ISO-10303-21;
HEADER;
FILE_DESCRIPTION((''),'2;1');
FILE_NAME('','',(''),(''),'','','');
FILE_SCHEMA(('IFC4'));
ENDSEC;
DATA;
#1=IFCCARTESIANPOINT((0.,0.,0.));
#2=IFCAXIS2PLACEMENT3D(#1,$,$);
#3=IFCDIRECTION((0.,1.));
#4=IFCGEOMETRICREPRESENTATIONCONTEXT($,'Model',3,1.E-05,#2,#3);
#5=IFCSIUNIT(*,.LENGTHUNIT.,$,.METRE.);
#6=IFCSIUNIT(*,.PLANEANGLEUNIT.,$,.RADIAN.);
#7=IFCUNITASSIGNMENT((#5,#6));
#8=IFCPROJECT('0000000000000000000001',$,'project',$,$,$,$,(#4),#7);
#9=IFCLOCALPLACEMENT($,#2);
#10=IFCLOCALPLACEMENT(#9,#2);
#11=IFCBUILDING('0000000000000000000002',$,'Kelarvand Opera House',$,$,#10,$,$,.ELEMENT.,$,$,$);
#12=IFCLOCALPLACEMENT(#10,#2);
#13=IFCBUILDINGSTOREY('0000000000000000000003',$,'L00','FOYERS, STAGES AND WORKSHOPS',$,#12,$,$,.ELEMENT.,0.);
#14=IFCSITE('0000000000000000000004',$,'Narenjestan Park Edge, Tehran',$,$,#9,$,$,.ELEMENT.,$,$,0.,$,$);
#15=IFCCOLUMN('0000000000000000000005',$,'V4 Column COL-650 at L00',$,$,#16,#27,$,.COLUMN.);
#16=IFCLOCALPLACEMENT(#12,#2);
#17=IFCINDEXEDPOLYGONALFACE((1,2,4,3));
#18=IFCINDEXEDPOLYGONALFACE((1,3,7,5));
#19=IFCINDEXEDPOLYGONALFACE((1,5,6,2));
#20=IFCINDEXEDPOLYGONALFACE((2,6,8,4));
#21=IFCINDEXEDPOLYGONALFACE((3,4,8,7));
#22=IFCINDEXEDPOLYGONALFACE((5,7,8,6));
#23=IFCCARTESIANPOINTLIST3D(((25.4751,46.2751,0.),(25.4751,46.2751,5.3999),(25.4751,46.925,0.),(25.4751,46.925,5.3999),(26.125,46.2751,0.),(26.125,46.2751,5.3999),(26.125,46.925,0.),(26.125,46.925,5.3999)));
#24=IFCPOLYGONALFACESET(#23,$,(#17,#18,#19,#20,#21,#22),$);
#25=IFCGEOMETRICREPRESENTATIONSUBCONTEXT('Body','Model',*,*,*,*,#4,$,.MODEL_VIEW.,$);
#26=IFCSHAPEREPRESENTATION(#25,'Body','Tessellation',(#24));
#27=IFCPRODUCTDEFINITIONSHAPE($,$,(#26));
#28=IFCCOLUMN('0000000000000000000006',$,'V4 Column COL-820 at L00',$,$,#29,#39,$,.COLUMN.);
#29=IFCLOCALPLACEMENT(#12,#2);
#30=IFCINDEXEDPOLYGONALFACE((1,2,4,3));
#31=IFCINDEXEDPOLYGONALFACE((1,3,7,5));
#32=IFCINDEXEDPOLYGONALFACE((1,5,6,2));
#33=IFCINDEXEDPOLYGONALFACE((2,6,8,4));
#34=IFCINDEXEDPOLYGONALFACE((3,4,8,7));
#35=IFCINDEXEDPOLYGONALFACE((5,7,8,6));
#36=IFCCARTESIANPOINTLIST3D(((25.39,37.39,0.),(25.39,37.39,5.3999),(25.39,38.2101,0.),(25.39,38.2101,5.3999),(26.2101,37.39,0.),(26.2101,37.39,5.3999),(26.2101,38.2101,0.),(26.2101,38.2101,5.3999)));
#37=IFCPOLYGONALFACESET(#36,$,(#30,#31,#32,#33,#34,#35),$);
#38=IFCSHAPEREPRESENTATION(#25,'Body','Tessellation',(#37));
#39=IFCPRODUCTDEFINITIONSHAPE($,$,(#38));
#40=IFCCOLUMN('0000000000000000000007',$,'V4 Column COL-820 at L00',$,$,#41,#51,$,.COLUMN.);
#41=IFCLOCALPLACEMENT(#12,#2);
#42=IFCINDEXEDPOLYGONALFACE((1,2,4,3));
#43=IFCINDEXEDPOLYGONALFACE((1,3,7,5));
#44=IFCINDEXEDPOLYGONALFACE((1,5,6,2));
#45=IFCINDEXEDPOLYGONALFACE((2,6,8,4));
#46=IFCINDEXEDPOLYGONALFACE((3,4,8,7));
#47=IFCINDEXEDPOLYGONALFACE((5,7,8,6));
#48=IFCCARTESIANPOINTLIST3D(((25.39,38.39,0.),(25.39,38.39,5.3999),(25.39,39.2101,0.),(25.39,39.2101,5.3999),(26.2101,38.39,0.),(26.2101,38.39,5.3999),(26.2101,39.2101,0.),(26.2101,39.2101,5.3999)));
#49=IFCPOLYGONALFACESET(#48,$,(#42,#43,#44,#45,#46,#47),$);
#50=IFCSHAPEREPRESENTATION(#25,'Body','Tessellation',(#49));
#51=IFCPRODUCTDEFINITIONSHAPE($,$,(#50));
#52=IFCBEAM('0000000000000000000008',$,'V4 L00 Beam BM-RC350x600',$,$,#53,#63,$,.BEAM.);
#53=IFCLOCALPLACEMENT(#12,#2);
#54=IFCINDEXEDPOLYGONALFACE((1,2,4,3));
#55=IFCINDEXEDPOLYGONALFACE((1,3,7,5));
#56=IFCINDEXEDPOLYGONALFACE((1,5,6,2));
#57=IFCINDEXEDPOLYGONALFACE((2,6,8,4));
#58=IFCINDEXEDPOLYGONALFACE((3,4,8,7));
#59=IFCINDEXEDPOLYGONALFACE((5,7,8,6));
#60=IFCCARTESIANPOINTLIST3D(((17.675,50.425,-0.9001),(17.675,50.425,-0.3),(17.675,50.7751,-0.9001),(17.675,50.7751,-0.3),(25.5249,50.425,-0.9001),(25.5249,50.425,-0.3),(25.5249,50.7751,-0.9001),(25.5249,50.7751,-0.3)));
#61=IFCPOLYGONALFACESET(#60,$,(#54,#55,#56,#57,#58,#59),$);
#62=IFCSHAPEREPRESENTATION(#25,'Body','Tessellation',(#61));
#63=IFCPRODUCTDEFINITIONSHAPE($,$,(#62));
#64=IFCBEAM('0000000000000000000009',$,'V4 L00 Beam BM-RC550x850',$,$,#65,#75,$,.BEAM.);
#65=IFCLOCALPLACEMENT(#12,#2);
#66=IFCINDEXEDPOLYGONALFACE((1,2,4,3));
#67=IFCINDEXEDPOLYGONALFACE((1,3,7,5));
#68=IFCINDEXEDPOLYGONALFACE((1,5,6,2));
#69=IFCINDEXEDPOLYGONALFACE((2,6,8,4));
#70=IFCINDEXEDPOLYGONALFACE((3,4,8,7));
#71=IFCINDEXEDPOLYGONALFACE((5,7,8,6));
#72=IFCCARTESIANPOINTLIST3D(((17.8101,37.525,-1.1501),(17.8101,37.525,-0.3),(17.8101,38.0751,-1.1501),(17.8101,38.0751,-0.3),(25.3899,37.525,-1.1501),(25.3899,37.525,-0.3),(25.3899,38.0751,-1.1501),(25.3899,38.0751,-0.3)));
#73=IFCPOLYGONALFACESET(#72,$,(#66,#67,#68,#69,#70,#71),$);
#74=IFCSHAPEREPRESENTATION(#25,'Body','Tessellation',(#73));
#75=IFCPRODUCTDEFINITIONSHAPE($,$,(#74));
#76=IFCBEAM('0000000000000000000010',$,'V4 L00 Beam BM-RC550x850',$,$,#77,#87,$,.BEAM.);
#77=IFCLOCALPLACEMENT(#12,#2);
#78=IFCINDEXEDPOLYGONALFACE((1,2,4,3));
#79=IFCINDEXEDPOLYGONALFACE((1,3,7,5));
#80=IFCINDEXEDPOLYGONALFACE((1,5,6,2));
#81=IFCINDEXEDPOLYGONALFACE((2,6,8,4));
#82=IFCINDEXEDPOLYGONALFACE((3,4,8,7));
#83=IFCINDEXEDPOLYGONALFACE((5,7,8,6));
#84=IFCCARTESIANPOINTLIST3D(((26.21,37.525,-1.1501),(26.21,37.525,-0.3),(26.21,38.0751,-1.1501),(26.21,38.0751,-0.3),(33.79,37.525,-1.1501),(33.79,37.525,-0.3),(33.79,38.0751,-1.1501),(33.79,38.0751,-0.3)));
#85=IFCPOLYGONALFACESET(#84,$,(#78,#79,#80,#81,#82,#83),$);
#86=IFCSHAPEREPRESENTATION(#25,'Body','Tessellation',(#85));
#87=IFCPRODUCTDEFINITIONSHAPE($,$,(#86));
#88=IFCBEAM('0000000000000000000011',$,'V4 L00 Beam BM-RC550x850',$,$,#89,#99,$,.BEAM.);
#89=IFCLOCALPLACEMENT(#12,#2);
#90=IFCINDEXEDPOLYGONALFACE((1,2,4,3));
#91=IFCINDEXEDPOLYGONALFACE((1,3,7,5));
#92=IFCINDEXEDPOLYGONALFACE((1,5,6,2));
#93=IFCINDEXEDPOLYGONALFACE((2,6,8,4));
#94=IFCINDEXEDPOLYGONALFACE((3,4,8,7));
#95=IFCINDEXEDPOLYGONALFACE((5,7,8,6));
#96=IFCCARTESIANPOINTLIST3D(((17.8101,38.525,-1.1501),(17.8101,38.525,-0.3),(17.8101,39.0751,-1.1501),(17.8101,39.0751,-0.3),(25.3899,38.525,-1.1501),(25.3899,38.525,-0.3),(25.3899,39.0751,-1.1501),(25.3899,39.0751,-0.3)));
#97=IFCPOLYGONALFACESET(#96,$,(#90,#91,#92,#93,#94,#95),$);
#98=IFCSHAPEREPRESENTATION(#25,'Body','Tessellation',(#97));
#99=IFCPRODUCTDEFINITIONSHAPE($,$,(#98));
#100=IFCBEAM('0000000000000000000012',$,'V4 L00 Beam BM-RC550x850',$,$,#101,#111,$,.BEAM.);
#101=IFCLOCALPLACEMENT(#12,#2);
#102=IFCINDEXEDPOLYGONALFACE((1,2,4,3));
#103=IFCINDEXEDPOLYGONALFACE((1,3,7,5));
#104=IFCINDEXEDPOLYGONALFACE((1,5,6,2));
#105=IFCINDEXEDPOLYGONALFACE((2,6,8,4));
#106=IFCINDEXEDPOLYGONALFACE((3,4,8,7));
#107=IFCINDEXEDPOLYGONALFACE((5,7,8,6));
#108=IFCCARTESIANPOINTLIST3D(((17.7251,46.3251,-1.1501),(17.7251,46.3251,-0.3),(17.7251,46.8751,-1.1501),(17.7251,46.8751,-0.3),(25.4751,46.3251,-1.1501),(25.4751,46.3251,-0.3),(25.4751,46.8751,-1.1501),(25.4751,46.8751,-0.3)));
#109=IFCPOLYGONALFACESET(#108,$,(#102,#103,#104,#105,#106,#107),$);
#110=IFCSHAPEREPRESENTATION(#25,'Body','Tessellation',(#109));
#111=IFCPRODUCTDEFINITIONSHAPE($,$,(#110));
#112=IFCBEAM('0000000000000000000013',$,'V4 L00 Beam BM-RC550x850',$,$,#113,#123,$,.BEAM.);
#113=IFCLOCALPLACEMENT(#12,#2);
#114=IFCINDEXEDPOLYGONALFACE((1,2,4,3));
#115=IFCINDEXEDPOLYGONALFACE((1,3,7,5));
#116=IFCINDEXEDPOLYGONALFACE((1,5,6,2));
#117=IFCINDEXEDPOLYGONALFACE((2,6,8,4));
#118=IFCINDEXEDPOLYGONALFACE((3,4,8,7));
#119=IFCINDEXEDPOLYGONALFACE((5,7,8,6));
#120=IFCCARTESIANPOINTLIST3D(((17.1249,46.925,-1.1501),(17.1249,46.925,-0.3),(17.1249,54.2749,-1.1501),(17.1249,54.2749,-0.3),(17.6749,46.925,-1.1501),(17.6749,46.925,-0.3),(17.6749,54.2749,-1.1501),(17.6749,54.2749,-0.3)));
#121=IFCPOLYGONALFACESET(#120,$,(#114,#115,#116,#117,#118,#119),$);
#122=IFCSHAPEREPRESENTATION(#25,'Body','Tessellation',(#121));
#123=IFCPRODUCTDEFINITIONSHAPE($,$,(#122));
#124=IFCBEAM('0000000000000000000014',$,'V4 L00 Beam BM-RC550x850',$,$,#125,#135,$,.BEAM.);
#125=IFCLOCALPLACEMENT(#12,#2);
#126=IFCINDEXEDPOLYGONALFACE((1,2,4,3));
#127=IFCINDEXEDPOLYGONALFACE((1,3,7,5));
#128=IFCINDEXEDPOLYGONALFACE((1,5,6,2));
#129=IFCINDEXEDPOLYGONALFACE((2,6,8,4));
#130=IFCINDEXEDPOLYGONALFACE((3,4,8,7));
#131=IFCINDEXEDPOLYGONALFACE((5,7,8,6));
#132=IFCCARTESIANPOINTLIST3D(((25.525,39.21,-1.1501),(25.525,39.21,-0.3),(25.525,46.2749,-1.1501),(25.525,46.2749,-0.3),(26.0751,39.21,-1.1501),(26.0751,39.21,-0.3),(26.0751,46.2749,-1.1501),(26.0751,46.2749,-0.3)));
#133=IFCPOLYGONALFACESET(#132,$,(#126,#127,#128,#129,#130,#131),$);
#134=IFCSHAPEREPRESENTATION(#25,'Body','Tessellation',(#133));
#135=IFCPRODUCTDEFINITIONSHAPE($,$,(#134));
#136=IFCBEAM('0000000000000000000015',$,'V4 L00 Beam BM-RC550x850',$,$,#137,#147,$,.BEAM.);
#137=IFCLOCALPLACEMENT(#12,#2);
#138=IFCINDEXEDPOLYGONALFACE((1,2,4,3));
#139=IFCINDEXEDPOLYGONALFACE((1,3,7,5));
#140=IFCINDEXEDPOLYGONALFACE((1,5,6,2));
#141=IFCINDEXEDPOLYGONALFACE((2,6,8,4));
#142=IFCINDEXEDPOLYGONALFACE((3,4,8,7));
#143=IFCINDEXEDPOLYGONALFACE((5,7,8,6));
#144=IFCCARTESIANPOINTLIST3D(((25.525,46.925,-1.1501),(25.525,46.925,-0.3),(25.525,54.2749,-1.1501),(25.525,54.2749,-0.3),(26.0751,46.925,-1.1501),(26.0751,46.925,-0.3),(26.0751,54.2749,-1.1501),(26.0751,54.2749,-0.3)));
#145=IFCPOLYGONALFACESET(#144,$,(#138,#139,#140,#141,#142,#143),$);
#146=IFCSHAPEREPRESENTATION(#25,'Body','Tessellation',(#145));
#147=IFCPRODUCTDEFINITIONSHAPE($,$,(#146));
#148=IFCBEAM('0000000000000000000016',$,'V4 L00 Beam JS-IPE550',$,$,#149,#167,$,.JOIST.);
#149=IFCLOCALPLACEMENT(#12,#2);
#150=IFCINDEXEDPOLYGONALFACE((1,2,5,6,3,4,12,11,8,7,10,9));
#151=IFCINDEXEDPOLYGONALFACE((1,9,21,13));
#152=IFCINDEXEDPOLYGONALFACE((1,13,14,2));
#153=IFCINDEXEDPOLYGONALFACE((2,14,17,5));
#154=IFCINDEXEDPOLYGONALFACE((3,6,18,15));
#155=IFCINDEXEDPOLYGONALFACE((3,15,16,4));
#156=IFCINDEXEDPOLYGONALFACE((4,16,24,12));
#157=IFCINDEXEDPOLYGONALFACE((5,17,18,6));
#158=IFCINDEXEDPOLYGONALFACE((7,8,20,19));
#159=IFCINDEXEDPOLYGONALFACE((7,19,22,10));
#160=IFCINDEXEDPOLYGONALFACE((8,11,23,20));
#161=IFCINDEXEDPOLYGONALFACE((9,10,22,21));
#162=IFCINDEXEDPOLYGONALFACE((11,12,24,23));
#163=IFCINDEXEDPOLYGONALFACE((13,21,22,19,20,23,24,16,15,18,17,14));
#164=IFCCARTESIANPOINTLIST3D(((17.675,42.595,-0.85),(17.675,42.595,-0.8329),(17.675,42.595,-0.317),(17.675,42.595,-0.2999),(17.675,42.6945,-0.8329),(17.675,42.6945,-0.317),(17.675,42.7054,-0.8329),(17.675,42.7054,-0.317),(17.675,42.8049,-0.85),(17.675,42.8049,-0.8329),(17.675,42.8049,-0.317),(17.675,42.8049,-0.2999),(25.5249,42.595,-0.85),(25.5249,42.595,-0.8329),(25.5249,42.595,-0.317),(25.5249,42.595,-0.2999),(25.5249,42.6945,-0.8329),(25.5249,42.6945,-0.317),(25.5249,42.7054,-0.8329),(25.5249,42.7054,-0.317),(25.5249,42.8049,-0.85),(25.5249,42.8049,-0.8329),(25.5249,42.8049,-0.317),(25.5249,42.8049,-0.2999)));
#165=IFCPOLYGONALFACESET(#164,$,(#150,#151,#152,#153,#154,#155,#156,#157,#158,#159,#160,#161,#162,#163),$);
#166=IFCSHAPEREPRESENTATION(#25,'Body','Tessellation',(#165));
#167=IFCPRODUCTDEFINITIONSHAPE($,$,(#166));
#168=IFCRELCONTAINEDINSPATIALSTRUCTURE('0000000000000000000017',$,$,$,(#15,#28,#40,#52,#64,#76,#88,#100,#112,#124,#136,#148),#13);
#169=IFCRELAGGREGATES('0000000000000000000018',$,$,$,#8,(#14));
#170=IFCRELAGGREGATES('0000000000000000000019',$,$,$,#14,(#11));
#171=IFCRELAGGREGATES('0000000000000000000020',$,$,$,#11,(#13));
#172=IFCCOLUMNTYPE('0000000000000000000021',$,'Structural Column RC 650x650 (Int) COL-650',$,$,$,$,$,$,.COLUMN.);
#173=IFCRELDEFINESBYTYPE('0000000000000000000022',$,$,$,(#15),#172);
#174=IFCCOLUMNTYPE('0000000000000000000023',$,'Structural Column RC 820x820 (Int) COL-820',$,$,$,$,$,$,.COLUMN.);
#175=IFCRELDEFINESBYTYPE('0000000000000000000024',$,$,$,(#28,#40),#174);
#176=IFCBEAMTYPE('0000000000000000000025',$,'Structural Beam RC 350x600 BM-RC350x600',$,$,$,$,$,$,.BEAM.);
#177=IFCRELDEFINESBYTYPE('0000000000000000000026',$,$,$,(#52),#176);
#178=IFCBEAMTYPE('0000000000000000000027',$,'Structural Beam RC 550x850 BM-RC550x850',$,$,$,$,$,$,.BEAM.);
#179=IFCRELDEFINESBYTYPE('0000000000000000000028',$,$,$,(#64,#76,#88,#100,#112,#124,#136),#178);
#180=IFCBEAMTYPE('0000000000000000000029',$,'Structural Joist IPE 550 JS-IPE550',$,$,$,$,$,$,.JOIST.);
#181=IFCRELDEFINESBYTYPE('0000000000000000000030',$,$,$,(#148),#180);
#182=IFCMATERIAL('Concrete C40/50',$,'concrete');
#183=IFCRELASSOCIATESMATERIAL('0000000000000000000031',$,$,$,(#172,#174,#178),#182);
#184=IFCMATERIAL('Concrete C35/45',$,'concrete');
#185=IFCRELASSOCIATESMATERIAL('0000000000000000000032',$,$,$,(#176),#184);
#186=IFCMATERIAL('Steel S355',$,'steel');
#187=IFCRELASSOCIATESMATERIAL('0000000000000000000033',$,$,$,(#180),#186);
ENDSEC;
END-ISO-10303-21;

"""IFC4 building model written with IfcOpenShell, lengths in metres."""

from ifc_helpers import new_model, si_unit, direction, frame, origin, origin_2d, place, context, subcontext, project, spatial, rectangle, i_section, extrude, material, material_profile, profile_set, type_object, element, save


model = new_model("IFC4")

# Units and contexts
model_context = context("Model", 3, precision=1e-05, world=origin(), true_north=direction((0.0, 1.0)))
body_context = subcontext(model_context, "Body", "Model", "MODEL_VIEW")
ifc_project = project(units=[si_unit("LENGTHUNIT", "METRE"), si_unit("PLANEANGLEUNIT", "RADIAN")], contexts=[model_context])

# Site, building, storey
site_placement = place(None, origin())
site = spatial("IfcSite", under=ifc_project, at=site_placement, Name="Narenjestan Park Edge, Tehran", CompositionType="ELEMENT", RefElevation=0.0)
building_placement = place(site_placement, origin())
building = spatial("IfcBuilding", under=site, at=building_placement, Name="Kelarvand Opera House", CompositionType="ELEMENT")
storey_placement = place(building_placement, origin())
storey = spatial("IfcBuildingStorey", under=building, at=storey_placement, Name="L00", Description="FOYERS, STAGES AND WORKSHOPS", CompositionType="ELEMENT", Elevation=0.0)

# Columns
ifc_material_1 = material(Name="Concrete C40/50", Category="concrete")
ifc_material_profile_1 = material_profile(ifc_material_1, rectangle(XDim=0.6499, YDim=0.6499, at=origin_2d()), Name="RC 650x650", Category="concrete")
ifc_profile_set_1 = profile_set([ifc_material_profile_1], Name="Concrete C40/50")
column_type_1 = type_object("IfcColumnType", Name="Structural Column RC 650x650 (Int) COL-650", PredefinedType="COLUMN", material=ifc_profile_set_1)
column_placement = place(storey_placement, frame((25.8, 46.6001, 0.0), z_axis=(0.0, 0.0, 1.0), x_axis=(1.0, 0.0, 0.0)))
element("IfcColumn", 1, at=column_placement, inside=storey, type_object=column_type_1, Name="V4 Column COL-650 at L00", PredefinedType="COLUMN", context=body_context, shape_type="SweptSolid", body=[
    extrude(rectangle(XDim=0.6499, YDim=0.6499, at=origin_2d()), origin(), (0.0, 0.0, 1.0), 5.3999),
])
ifc_material_profile_2 = material_profile(ifc_material_1, rectangle(XDim=0.8201, YDim=0.8201, at=origin_2d()), Name="RC 820x820", Category="concrete")
ifc_profile_set_2 = profile_set([ifc_material_profile_2], Name="Concrete C40/50")
column_type_2 = type_object("IfcColumnType", Name="Structural Column RC 820x820 (Int) COL-820", PredefinedType="COLUMN", material=ifc_profile_set_2)
for number, where, z_axis, x_axis, name in (
    (2, (25.8, 37.8, 0.0), (0.0, 0.0, 1.0), (1.0, 0.0, 0.0), "V4 Column COL-820 at L00"),
    (3, (25.8, 38.8, 0.0), (0.0, 0.0, 1.0), (1.0, 0.0, 0.0), "V4 Column COL-820 at L00"),
):
    element("IfcColumn", number, at=place(storey_placement, frame(where, z_axis=z_axis, x_axis=x_axis)), inside=storey, type_object=column_type_2, Name=name, PredefinedType="COLUMN", context=body_context, shape_type="SweptSolid", body=[
        extrude(rectangle(XDim=0.8201, YDim=0.8201, at=origin_2d()), origin(), (0.0, 0.0, 1.0), 5.3999),
    ])

# Beams
ifc_material_2 = material(Name="Concrete C35/45", Category="concrete")
ifc_material_profile_3 = material_profile(ifc_material_2, rectangle(XDim=0.3501, YDim=0.6001, at=origin_2d()), Name="RC 350x600", Category="concrete")
ifc_profile_set_3 = profile_set([ifc_material_profile_3], Name="Concrete C35/45")
beam_type_1 = type_object("IfcBeamType", Name="Structural Beam RC 350x600 BM-RC350x600", PredefinedType="BEAM", material=ifc_profile_set_3)
beam_1_placement = place(storey_placement, frame((17.675, 50.6001, -0.6001), z_axis=(1.0, 0.0, 0.0), x_axis=(0.0, 1.0, 0.0)))
element("IfcBeam", 4, at=beam_1_placement, inside=storey, type_object=beam_type_1, Name="V4 L00 Beam BM-RC350x600", PredefinedType="BEAM", context=body_context, shape_type="SweptSolid", body=[
    extrude(rectangle(XDim=0.3501, YDim=0.6001, at=origin_2d()), origin(), (0.0, 0.0, 1.0), 7.8499),
])
ifc_material_profile_4 = material_profile(ifc_material_1, rectangle(XDim=0.55, YDim=0.8501, at=origin_2d()), Name="RC 550x850", Category="concrete")
ifc_profile_set_4 = profile_set([ifc_material_profile_4], Name="Concrete C40/50")
beam_type_2 = type_object("IfcBeamType", Name="Structural Beam RC 550x850 BM-RC550x850", PredefinedType="BEAM", material=ifc_profile_set_4)
beam_2_placement = place(storey_placement, frame((17.8101, 37.8, -0.7251), z_axis=(1.0, 0.0, 0.0), x_axis=(0.0, 1.0, 0.0)))
element("IfcBeam", 5, at=beam_2_placement, inside=storey, type_object=beam_type_2, Name="V4 L00 Beam BM-RC550x850", PredefinedType="BEAM", context=body_context, shape_type="SweptSolid", body=[
    extrude(rectangle(XDim=0.55, YDim=0.8501, at=origin_2d()), origin(), (0.0, 0.0, 1.0), 7.5798),
])
beam_3_placement = place(storey_placement, frame((26.21, 37.8, -0.7251), z_axis=(1.0, 0.0, 0.0), x_axis=(0.0, 1.0, 0.0)))
element("IfcBeam", 6, at=beam_3_placement, inside=storey, type_object=beam_type_2, Name="V4 L00 Beam BM-RC550x850", PredefinedType="BEAM", context=body_context, shape_type="SweptSolid", body=[
    extrude(rectangle(XDim=0.55, YDim=0.8501, at=origin_2d()), origin(), (0.0, 0.0, 1.0), 7.5801),
])
beam_4_placement = place(storey_placement, frame((17.8101, 38.8, -0.7251), z_axis=(1.0, 0.0, 0.0), x_axis=(0.0, 1.0, 0.0)))
element("IfcBeam", 7, at=beam_4_placement, inside=storey, type_object=beam_type_2, Name="V4 L00 Beam BM-RC550x850", PredefinedType="BEAM", context=body_context, shape_type="SweptSolid", body=[
    extrude(rectangle(XDim=0.55, YDim=0.8501, at=origin_2d()), origin(), (0.0, 0.0, 1.0), 7.5798),
])
beam_5_placement = place(storey_placement, frame((17.7251, 46.6001, -0.7251), z_axis=(1.0, 0.0, 0.0), x_axis=(0.0, 1.0, 0.0)))
element("IfcBeam", 8, at=beam_5_placement, inside=storey, type_object=beam_type_2, Name="V4 L00 Beam BM-RC550x850", PredefinedType="BEAM", context=body_context, shape_type="SweptSolid", body=[
    extrude(rectangle(XDim=0.55, YDim=0.8501, at=origin_2d()), origin(), (0.0, 0.0, 1.0), 7.75),
])
beam_6_placement = place(storey_placement, frame((17.3999, 46.925, -0.7251), z_axis=(0.0, 1.0, 0.0), x_axis=(-1.0, 0.0, 0.0)))
element("IfcBeam", 9, at=beam_6_placement, inside=storey, type_object=beam_type_2, Name="V4 L00 Beam BM-RC550x850", PredefinedType="BEAM", context=body_context, shape_type="SweptSolid", body=[
    extrude(rectangle(XDim=0.55, YDim=0.8501, at=origin_2d()), origin(), (0.0, 0.0, 1.0), 7.3499),
])
beam_7_placement = place(storey_placement, frame((25.8, 39.21, -0.7251), z_axis=(0.0, 1.0, 0.0), x_axis=(-1.0, 0.0, 0.0)))
element("IfcBeam", 10, at=beam_7_placement, inside=storey, type_object=beam_type_2, Name="V4 L00 Beam BM-RC550x850", PredefinedType="BEAM", context=body_context, shape_type="SweptSolid", body=[
    extrude(rectangle(XDim=0.55, YDim=0.8501, at=origin_2d()), origin(), (0.0, 0.0, 1.0), 7.0649),
])
beam_8_placement = place(storey_placement, frame((25.8, 46.925, -0.7251), z_axis=(0.0, 1.0, 0.0), x_axis=(-1.0, 0.0, 0.0)))
element("IfcBeam", 11, at=beam_8_placement, inside=storey, type_object=beam_type_2, Name="V4 L00 Beam BM-RC550x850", PredefinedType="BEAM", context=body_context, shape_type="SweptSolid", body=[
    extrude(rectangle(XDim=0.55, YDim=0.8501, at=origin_2d()), origin(), (0.0, 0.0, 1.0), 7.3499),
])
ifc_material_3 = material(Name="Steel S355", Category="steel")
ifc_material_profile_5 = material_profile(ifc_material_3, i_section(OverallWidth=0.21, OverallDepth=0.55, WebThickness=0.011, FlangeThickness=0.0171, at=origin_2d()), Name="IPE 550", Category="steel")
ifc_profile_set_5 = profile_set([ifc_material_profile_5], Name="Steel S355")
beam_type_3 = type_object("IfcBeamType", Name="Structural Joist IPE 550 JS-IPE550", PredefinedType="JOIST", material=ifc_profile_set_5)
beam_9_placement = place(storey_placement, frame((17.675, 42.7, -0.575), z_axis=(1.0, 0.0, 0.0), x_axis=(0.0, 1.0, 0.0)))
element("IfcBeam", 12, at=beam_9_placement, inside=storey, type_object=beam_type_3, Name="V4 L00 Beam JS-IPE550", PredefinedType="JOIST", context=body_context, shape_type="SweptSolid", body=[
    extrude(i_section(OverallWidth=0.21, OverallDepth=0.55, WebThickness=0.011, FlangeThickness=0.0171, at=origin_2d()), origin(), (0.0, 0.0, 1.0), 7.8499),
])

save(model, "model.ifc")
